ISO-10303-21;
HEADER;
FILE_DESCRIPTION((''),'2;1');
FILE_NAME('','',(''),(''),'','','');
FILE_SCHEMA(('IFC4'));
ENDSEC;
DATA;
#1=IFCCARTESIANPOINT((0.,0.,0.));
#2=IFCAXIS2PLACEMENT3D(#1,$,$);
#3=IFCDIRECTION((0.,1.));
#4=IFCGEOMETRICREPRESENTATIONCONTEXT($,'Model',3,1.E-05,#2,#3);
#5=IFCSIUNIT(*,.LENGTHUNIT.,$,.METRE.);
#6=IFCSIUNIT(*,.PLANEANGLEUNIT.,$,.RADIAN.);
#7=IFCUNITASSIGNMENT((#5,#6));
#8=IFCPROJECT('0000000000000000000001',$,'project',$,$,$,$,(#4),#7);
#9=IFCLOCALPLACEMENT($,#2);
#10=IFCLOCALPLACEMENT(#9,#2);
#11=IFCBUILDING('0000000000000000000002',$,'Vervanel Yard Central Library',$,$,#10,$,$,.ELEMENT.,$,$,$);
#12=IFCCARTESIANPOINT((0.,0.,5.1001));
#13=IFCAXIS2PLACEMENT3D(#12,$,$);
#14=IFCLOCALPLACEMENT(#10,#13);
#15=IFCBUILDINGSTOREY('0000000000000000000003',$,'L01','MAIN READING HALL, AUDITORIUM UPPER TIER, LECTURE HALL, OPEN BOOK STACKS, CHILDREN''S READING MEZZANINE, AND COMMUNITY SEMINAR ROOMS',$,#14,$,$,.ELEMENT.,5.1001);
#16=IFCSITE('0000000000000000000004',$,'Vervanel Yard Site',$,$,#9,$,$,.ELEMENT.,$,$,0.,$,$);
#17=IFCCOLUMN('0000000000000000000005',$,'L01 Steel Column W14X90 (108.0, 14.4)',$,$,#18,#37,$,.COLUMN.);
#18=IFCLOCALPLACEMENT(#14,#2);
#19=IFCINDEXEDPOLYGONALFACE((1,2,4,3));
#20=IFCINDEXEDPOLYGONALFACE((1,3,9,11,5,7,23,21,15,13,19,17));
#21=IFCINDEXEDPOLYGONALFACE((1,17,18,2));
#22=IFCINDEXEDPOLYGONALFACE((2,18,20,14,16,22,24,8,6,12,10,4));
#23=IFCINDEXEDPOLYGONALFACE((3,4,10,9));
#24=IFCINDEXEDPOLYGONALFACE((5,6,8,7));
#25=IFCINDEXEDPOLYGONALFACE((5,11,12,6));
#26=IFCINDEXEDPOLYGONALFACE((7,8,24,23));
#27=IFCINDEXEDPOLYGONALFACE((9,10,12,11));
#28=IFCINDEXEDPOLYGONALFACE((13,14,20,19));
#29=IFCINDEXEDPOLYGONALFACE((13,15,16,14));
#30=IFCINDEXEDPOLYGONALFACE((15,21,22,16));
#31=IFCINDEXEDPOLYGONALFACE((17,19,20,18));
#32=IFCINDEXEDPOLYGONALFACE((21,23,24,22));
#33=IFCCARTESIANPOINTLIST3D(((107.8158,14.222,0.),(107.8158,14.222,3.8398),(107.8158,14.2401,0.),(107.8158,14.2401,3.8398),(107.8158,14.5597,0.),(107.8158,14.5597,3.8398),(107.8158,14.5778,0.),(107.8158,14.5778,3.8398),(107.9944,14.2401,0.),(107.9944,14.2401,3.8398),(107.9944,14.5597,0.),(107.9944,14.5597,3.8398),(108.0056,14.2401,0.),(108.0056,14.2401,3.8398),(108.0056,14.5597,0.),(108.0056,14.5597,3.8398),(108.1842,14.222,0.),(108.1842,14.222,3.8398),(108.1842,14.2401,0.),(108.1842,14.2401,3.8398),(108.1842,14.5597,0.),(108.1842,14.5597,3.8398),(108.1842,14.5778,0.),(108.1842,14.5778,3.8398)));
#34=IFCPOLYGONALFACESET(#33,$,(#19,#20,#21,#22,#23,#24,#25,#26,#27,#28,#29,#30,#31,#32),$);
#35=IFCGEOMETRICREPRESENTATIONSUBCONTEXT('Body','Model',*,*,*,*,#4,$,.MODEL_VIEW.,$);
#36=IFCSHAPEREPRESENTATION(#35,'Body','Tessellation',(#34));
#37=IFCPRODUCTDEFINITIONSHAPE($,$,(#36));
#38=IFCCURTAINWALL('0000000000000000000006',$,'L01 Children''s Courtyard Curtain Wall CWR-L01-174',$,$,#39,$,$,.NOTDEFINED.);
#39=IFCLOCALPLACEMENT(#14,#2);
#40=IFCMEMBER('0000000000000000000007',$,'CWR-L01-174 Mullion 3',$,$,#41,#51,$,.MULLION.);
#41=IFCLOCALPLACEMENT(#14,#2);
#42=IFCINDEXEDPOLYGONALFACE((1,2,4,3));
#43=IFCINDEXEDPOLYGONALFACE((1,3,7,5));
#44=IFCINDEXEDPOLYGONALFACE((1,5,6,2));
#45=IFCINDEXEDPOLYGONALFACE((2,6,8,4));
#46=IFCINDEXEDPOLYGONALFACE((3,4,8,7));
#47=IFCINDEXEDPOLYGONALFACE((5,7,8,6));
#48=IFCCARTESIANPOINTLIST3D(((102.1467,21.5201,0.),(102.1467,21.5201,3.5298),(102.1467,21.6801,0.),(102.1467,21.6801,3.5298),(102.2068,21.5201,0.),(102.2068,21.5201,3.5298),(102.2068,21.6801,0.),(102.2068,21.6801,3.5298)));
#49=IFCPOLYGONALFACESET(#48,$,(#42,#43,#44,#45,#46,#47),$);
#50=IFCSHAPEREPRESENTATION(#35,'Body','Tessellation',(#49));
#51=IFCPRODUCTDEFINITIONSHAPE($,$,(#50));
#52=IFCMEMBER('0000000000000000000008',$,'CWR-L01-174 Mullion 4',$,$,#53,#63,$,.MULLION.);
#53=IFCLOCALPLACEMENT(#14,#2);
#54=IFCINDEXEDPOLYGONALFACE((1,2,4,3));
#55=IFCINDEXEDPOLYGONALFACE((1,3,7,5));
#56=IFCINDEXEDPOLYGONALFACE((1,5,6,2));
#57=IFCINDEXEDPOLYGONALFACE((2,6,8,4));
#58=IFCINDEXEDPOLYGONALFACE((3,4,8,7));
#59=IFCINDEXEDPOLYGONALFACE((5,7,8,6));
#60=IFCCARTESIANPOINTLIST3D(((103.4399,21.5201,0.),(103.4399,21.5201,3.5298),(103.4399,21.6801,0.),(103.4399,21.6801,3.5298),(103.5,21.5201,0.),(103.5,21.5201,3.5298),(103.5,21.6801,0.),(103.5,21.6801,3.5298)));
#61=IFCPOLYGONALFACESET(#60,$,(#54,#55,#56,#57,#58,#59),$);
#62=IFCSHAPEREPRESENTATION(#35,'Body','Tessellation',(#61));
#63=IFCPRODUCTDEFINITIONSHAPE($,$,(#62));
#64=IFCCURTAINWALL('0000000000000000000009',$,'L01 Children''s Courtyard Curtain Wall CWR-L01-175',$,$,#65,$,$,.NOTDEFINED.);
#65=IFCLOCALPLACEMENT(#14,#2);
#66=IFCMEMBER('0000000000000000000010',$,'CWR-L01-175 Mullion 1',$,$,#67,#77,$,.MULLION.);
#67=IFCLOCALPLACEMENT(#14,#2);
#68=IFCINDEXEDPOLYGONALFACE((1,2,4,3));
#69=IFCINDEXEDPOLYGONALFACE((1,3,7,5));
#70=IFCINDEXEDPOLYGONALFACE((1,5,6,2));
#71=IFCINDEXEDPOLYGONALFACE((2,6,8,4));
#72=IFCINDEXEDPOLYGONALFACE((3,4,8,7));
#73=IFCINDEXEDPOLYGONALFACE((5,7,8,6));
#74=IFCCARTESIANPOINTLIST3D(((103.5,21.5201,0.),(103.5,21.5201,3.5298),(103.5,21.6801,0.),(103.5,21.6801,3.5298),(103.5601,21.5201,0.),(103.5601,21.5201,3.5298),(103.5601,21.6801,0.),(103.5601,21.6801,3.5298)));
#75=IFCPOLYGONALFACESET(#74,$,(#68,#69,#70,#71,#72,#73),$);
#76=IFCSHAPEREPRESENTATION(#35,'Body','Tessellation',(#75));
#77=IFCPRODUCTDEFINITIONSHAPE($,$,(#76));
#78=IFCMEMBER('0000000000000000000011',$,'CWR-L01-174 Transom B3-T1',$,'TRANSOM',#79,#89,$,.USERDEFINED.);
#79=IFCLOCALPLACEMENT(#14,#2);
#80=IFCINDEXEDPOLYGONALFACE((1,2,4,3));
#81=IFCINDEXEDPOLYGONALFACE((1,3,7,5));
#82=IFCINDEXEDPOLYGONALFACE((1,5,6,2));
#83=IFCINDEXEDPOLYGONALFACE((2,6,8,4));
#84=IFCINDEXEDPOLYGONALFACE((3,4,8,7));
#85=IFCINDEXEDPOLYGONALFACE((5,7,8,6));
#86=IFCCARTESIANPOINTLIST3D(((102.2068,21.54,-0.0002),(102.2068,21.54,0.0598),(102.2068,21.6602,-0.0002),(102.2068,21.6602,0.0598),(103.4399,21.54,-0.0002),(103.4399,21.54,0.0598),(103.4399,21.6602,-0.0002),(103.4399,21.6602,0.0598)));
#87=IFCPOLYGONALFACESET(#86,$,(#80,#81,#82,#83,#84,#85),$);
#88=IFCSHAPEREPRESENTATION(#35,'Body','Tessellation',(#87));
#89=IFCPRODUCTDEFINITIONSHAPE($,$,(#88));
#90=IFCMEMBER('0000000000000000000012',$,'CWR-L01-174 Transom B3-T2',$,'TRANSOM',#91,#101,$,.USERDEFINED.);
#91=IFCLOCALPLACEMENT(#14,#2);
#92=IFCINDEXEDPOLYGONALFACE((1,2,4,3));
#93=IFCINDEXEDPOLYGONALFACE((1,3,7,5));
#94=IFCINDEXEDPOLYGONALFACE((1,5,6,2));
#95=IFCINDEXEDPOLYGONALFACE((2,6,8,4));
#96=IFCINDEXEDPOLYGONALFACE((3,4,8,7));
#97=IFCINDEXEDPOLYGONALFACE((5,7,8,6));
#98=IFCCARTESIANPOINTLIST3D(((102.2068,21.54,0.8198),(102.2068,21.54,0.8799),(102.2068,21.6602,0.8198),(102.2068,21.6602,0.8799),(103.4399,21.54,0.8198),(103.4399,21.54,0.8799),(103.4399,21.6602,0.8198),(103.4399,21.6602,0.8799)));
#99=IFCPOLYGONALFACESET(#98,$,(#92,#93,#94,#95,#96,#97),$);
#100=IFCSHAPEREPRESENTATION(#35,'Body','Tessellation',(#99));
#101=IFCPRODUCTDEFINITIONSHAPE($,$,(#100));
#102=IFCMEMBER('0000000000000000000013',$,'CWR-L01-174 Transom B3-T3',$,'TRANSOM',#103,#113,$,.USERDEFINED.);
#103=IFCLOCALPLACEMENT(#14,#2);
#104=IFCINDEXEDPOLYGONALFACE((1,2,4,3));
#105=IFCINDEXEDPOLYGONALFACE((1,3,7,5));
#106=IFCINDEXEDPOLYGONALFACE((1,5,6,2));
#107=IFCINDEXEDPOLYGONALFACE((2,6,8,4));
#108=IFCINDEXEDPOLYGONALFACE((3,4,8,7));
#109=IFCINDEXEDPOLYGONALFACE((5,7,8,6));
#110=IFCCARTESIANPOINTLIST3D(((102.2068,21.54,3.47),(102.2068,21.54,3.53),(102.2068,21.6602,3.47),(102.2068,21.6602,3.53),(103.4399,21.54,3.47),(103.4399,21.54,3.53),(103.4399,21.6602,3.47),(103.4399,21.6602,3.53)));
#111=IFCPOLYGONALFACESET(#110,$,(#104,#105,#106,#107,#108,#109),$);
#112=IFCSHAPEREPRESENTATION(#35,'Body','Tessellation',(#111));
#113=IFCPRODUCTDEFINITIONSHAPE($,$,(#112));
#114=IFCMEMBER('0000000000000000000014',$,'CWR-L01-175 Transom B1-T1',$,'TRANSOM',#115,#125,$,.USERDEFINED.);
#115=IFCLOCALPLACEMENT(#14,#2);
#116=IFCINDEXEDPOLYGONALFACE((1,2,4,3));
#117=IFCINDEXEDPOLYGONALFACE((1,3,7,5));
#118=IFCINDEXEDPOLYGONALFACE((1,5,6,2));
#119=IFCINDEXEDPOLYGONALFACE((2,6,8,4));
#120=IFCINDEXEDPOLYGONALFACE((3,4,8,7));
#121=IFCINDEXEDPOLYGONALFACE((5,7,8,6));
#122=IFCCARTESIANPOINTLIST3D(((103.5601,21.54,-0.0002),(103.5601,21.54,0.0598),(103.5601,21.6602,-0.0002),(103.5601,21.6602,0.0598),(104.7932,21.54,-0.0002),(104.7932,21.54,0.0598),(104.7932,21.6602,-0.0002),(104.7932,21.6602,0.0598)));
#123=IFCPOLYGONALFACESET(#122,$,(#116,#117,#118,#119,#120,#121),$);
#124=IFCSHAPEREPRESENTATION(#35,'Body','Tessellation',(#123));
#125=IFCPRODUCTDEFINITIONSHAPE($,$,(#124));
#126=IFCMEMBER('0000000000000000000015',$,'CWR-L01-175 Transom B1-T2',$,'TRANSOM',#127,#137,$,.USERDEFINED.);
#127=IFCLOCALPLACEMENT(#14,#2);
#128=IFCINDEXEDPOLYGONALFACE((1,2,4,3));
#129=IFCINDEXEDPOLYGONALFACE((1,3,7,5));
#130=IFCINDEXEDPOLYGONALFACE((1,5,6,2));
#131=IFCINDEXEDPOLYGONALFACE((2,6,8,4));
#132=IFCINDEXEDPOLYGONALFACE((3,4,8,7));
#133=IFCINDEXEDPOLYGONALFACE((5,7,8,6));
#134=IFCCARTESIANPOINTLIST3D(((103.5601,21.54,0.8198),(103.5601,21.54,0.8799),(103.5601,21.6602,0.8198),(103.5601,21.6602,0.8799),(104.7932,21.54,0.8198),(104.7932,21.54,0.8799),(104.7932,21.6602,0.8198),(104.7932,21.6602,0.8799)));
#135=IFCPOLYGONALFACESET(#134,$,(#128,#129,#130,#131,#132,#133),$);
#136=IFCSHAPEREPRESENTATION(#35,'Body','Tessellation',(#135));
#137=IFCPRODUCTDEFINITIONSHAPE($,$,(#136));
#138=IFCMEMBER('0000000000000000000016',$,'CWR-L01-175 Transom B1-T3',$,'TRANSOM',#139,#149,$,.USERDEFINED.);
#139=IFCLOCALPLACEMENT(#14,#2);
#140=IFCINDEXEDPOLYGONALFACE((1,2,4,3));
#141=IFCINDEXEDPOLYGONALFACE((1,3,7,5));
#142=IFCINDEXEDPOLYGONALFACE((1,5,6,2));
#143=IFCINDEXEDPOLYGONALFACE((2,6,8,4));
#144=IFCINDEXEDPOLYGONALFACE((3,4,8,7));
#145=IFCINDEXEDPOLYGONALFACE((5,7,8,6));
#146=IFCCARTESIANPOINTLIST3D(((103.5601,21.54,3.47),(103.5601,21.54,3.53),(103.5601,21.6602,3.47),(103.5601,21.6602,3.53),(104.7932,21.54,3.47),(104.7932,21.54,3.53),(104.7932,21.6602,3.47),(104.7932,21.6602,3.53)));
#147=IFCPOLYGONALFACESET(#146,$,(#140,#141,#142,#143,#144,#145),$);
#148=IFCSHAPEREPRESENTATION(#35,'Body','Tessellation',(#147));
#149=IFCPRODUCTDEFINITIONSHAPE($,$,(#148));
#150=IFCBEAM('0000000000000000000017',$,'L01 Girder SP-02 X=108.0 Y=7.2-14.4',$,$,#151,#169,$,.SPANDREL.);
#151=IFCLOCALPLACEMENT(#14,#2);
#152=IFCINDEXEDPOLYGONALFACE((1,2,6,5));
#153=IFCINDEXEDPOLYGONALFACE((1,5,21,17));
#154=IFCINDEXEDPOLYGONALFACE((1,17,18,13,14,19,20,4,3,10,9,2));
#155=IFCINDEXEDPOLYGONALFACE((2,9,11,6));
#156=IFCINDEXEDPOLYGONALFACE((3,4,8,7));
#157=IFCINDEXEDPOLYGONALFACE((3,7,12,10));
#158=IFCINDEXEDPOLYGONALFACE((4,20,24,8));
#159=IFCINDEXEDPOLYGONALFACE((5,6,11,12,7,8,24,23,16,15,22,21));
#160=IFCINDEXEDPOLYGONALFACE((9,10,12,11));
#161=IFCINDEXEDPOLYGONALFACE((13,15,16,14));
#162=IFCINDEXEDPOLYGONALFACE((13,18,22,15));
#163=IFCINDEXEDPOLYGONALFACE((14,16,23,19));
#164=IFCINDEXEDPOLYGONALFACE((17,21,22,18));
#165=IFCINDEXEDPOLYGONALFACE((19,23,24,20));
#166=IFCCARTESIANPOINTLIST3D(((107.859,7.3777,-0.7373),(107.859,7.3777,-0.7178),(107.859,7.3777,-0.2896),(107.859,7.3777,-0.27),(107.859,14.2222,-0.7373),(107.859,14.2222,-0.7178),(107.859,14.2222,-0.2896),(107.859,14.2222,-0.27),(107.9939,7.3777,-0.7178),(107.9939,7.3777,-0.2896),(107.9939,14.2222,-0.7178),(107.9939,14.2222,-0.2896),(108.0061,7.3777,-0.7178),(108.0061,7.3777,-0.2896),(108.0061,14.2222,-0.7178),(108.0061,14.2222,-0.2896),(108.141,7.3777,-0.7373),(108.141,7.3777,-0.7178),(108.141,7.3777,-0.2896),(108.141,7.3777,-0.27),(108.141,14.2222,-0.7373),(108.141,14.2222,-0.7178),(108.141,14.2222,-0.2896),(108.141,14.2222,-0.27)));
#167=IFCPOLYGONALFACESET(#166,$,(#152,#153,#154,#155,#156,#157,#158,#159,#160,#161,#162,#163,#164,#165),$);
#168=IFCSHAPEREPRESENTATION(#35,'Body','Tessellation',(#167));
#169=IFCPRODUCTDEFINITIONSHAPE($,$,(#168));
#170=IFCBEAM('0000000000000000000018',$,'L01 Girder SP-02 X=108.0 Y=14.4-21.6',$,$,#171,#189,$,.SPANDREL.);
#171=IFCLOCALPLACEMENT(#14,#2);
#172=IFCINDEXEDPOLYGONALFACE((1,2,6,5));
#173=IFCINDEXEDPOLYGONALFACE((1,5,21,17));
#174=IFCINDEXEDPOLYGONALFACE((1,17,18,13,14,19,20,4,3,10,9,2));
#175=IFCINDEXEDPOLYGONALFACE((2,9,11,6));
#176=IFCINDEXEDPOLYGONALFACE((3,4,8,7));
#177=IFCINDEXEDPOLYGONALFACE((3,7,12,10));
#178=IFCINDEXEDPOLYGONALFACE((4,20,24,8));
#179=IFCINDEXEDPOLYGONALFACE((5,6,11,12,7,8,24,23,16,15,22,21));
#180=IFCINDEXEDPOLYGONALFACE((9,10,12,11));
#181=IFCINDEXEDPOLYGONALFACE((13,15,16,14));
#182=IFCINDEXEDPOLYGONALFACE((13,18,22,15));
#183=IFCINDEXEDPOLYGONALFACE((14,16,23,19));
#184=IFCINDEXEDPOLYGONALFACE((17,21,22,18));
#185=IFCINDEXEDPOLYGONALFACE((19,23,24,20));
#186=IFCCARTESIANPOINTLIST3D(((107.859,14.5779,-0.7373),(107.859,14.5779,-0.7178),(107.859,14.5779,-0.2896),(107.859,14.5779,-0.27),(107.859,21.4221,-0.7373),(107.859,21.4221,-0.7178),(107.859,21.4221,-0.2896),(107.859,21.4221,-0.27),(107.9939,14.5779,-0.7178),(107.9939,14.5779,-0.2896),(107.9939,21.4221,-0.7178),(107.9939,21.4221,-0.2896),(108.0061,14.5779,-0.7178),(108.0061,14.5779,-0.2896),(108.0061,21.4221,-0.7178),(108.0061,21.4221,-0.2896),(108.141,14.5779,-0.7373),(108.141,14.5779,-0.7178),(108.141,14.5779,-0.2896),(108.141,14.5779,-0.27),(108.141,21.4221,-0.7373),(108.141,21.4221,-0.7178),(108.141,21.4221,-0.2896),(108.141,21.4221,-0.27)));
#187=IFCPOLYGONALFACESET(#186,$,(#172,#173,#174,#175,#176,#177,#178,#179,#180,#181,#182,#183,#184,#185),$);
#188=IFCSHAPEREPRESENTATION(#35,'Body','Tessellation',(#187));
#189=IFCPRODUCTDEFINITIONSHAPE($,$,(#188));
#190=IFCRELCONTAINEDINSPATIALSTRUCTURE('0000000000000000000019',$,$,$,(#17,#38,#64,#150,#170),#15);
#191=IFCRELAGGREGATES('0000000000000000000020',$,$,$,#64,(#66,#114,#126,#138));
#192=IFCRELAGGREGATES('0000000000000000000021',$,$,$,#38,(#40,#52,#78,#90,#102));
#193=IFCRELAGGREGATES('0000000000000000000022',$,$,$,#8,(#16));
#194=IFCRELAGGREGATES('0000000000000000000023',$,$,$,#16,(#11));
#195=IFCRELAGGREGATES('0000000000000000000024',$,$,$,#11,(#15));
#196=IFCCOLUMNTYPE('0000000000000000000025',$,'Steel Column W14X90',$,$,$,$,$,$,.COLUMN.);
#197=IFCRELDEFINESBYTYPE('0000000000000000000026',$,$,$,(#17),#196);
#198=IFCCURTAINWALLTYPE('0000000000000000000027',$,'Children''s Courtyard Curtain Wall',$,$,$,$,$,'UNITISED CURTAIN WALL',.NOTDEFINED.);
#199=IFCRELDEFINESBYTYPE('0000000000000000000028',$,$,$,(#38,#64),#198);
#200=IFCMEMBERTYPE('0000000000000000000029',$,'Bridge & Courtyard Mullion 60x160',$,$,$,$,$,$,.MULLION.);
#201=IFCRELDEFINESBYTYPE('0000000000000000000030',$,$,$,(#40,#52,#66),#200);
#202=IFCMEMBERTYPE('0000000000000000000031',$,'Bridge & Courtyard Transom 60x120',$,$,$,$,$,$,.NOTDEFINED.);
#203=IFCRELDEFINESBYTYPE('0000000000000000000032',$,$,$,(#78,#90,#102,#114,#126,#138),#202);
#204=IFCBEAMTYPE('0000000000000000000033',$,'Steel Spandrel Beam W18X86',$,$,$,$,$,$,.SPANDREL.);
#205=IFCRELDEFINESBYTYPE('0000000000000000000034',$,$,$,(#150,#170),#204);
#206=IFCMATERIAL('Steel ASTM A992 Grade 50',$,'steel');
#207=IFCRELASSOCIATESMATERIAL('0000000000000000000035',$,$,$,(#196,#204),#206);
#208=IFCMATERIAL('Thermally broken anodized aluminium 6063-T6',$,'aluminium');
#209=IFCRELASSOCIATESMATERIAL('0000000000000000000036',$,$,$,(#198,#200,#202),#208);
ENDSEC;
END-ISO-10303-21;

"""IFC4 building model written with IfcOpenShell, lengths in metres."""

from ifc_helpers import new_model, si_unit, direction, frame, origin, origin_2d, place, context, subcontext, project, spatial, rectangle, i_section, extrude, material, material_profile, profile_set, type_object, element, aggregate, save


model = new_model("IFC4")

# Units and contexts
model_context = context("Model", 3, precision=1e-05, world=origin(), true_north=direction((0.0, 1.0)))
body_context = subcontext(model_context, "Body", "Model", "MODEL_VIEW")
ifc_project = project(units=[si_unit("LENGTHUNIT", "METRE"), si_unit("PLANEANGLEUNIT", "RADIAN")], contexts=[model_context])

# Site, building, storey
site_placement = place(None, origin())
site = spatial("IfcSite", under=ifc_project, at=site_placement, Name="Vervanel Yard Site", CompositionType="ELEMENT", RefElevation=0.0)
building_placement = place(site_placement, origin())
building = spatial("IfcBuilding", under=site, at=building_placement, Name="Vervanel Yard Central Library", CompositionType="ELEMENT")
storey_placement = place(building_placement, frame((0.0, 0.0, 5.1001)))
storey = spatial("IfcBuildingStorey", under=building, at=storey_placement, Name="L01", Description="MAIN READING HALL, AUDITORIUM UPPER TIER, LECTURE HALL, OPEN BOOK STACKS, CHILDREN'S READING MEZZANINE, AND COMMUNITY SEMINAR ROOMS", CompositionType="ELEMENT", Elevation=5.1001)

# Column
ifc_material_1 = material(Name="Steel ASTM A992 Grade 50", Category="steel")
ifc_material_profile_1 = material_profile(ifc_material_1, i_section(OverallWidth=0.3684, OverallDepth=0.3557, WebThickness=0.0112, FlangeThickness=0.0181, at=origin_2d()), Name="W14X90", Category="steel")
ifc_profile_set_1 = profile_set([ifc_material_profile_1], Name="Steel ASTM A992 Grade 50")
column_type = type_object("IfcColumnType", Name="Steel Column W14X90", PredefinedType="COLUMN", material=ifc_profile_set_1)
column_placement = place(storey_placement, frame((108.0, 14.3999, 0.0), z_axis=(0.0, 0.0, 1.0), x_axis=(1.0, 0.0, 0.0)))
element("IfcColumn", 1, at=column_placement, inside=storey, type_object=column_type, Name="L01 Steel Column W14X90 (108.0, 14.4)", PredefinedType="COLUMN", context=body_context, shape_type="SweptSolid", body=[
    extrude(i_section(OverallWidth=0.3684, OverallDepth=0.3557, WebThickness=0.0112, FlangeThickness=0.0181, at=origin_2d()), origin(), (0.0, 0.0, 1.0), 3.8398),
])

# Curtain wall, members
ifc_material_2 = material(Name="Thermally broken anodized aluminium 6063-T6", Category="aluminium")
curtain_wall_type = type_object("IfcCurtainWallType", Name="Children's Courtyard Curtain Wall", ElementType="UNITISED CURTAIN WALL", PredefinedType="NOTDEFINED", material=ifc_material_2)
curtain_wall_1_placement = place(storey_placement, origin())
curtain_wall_1 = element("IfcCurtainWall", 2, at=curtain_wall_1_placement, inside=storey, type_object=curtain_wall_type, Name="L01 Children's Courtyard Curtain Wall CWR-L01-174", PredefinedType="NOTDEFINED")
ifc_material_profile_2 = material_profile(ifc_material_2, rectangle(XDim=0.0601, YDim=0.1599, at=origin_2d()), Name="ALU 60x160", Category="aluminium")
ifc_profile_set_2 = profile_set([ifc_material_profile_2], Name="Thermally broken anodized aluminium 6063-T6")
member_type_1 = type_object("IfcMemberType", Name="Bridge & Courtyard Mullion 60x160", PredefinedType="MULLION", material=ifc_profile_set_2)
member_1_placement = place(storey_placement, frame((102.1768, 21.6001, 0.0), z_axis=(0.0, 0.0, 1.0), x_axis=(1.0, 0.0, 0.0)))
member_1 = element("IfcMember", 3, at=member_1_placement, type_object=member_type_1, Name="CWR-L01-174 Mullion 3", PredefinedType="MULLION", context=body_context, shape_type="SweptSolid", body=[
    extrude(rectangle(XDim=0.0601, YDim=0.1599, at=origin_2d()), origin(), (0.0, 0.0, 1.0), 3.5298),
])
member_2_placement = place(storey_placement, frame((103.47, 21.6001, 0.0), z_axis=(0.0, 0.0, 1.0), x_axis=(1.0, 0.0, 0.0)))
member_2 = element("IfcMember", 4, at=member_2_placement, type_object=member_type_1, Name="CWR-L01-174 Mullion 4", PredefinedType="MULLION", context=body_context, shape_type="SweptSolid", body=[
    extrude(rectangle(XDim=0.0601, YDim=0.1599, at=origin_2d()), origin(), (0.0, 0.0, 1.0), 3.5298),
])

# Curtain wall, member
curtain_wall_2_placement = place(storey_placement, origin())
curtain_wall_2 = element("IfcCurtainWall", 5, at=curtain_wall_2_placement, inside=storey, type_object=curtain_wall_type, Name="L01 Children's Courtyard Curtain Wall CWR-L01-175", PredefinedType="NOTDEFINED")
member_3_placement = place(storey_placement, frame((103.53, 21.6001, 0.0), z_axis=(0.0, 0.0, 1.0), x_axis=(1.0, 0.0, 0.0)))
member_3 = element("IfcMember", 6, at=member_3_placement, type_object=member_type_1, Name="CWR-L01-175 Mullion 1", PredefinedType="MULLION", context=body_context, shape_type="SweptSolid", body=[
    extrude(rectangle(XDim=0.0601, YDim=0.1599, at=origin_2d()), origin(), (0.0, 0.0, 1.0), 3.5298),
])

# Members
ifc_material_profile_3 = material_profile(ifc_material_2, rectangle(XDim=0.0601, YDim=0.1201, at=origin_2d()), Name="ALU 60x120", Category="aluminium")
ifc_profile_set_3 = profile_set([ifc_material_profile_3], Name="Thermally broken anodized aluminium 6063-T6")
member_type_2 = type_object("IfcMemberType", Name="Bridge & Courtyard Transom 60x120", PredefinedType="NOTDEFINED", material=ifc_profile_set_3)
member_4_placement = place(storey_placement, frame((102.2068, 21.6001, 0.0298), z_axis=(1.0, 0.0, 0.0), x_axis=(0.0, 0.0, 1.0)))
member_4 = element("IfcMember", 7, at=member_4_placement, type_object=member_type_2, Name="CWR-L01-174 Transom B3-T1", ObjectType="TRANSOM", PredefinedType="USERDEFINED", context=body_context, shape_type="SweptSolid", body=[
    extrude(rectangle(XDim=0.0601, YDim=0.1201, at=origin_2d()), origin(), (0.0, 0.0, 1.0), 1.2332),
])
member_5_placement = place(storey_placement, frame((102.2068, 21.6001, 0.8499), z_axis=(1.0, 0.0, 0.0), x_axis=(0.0, 0.0, 1.0)))
member_5 = element("IfcMember", 8, at=member_5_placement, type_object=member_type_2, Name="CWR-L01-174 Transom B3-T2", ObjectType="TRANSOM", PredefinedType="USERDEFINED", context=body_context, shape_type="SweptSolid", body=[
    extrude(rectangle(XDim=0.0601, YDim=0.1201, at=origin_2d()), origin(), (0.0, 0.0, 1.0), 1.2332),
])
member_6_placement = place(storey_placement, frame((102.2068, 21.6001, 3.5), z_axis=(1.0, 0.0, 0.0), x_axis=(0.0, 0.0, 1.0)))
member_6 = element("IfcMember", 9, at=member_6_placement, type_object=member_type_2, Name="CWR-L01-174 Transom B3-T3", ObjectType="TRANSOM", PredefinedType="USERDEFINED", context=body_context, shape_type="SweptSolid", body=[
    extrude(rectangle(XDim=0.0601, YDim=0.1201, at=origin_2d()), origin(), (0.0, 0.0, 1.0), 1.2332),
])
member_7_placement = place(storey_placement, frame((103.5601, 21.6001, 0.0298), z_axis=(1.0, 0.0, 0.0), x_axis=(0.0, 0.0, 1.0)))
member_7 = element("IfcMember", 10, at=member_7_placement, type_object=member_type_2, Name="CWR-L01-175 Transom B1-T1", ObjectType="TRANSOM", PredefinedType="USERDEFINED", context=body_context, shape_type="SweptSolid", body=[
    extrude(rectangle(XDim=0.0601, YDim=0.1201, at=origin_2d()), origin(), (0.0, 0.0, 1.0), 1.2332),
])
member_8_placement = place(storey_placement, frame((103.5601, 21.6001, 0.8499), z_axis=(1.0, 0.0, 0.0), x_axis=(0.0, 0.0, 1.0)))
member_8 = element("IfcMember", 11, at=member_8_placement, type_object=member_type_2, Name="CWR-L01-175 Transom B1-T2", ObjectType="TRANSOM", PredefinedType="USERDEFINED", context=body_context, shape_type="SweptSolid", body=[
    extrude(rectangle(XDim=0.0601, YDim=0.1201, at=origin_2d()), origin(), (0.0, 0.0, 1.0), 1.2332),
])
member_9_placement = place(storey_placement, frame((103.5601, 21.6001, 3.5), z_axis=(1.0, 0.0, 0.0), x_axis=(0.0, 0.0, 1.0)))
member_9 = element("IfcMember", 12, at=member_9_placement, type_object=member_type_2, Name="CWR-L01-175 Transom B1-T3", ObjectType="TRANSOM", PredefinedType="USERDEFINED", context=body_context, shape_type="SweptSolid", body=[
    extrude(rectangle(XDim=0.0601, YDim=0.1201, at=origin_2d()), origin(), (0.0, 0.0, 1.0), 1.2332),
])
aggregate(curtain_wall_2, [member_3, member_7, member_8, member_9])

# Beams
ifc_material_profile_4 = material_profile(ifc_material_1, i_section(OverallWidth=0.282, OverallDepth=0.4673, WebThickness=0.0122, FlangeThickness=0.0195, at=origin_2d()), Name="W18X86", Category="steel")
ifc_profile_set_4 = profile_set([ifc_material_profile_4], Name="Steel ASTM A992 Grade 50")
beam_type = type_object("IfcBeamType", Name="Steel Spandrel Beam W18X86", PredefinedType="SPANDREL", material=ifc_profile_set_4)
beam_1_placement = place(storey_placement, frame((108.0, 7.3777, -0.5037), z_axis=(0.0, 1.0, 0.0), x_axis=(-1.0, 0.0, 0.0)))
element("IfcBeam", 13, at=beam_1_placement, inside=storey, type_object=beam_type, Name="L01 Girder SP-02 X=108.0 Y=7.2-14.4", PredefinedType="SPANDREL", context=body_context, shape_type="SweptSolid", body=[
    extrude(i_section(OverallWidth=0.282, OverallDepth=0.4673, WebThickness=0.0122, FlangeThickness=0.0195, at=origin_2d()), origin(), (0.0, 0.0, 1.0), 6.8445),
])
beam_2_placement = place(storey_placement, frame((108.0, 14.5779, -0.5037), z_axis=(0.0, 1.0, 0.0), x_axis=(-1.0, 0.0, 0.0)))
element("IfcBeam", 14, at=beam_2_placement, inside=storey, type_object=beam_type, Name="L01 Girder SP-02 X=108.0 Y=14.4-21.6", PredefinedType="SPANDREL", context=body_context, shape_type="SweptSolid", body=[
    extrude(i_section(OverallWidth=0.282, OverallDepth=0.4673, WebThickness=0.0122, FlangeThickness=0.0195, at=origin_2d()), origin(), (0.0, 0.0, 1.0), 6.8442),
])

aggregate(curtain_wall_1, [member_1, member_2, member_4, member_5, member_6])

save(model, "model.ifc")
